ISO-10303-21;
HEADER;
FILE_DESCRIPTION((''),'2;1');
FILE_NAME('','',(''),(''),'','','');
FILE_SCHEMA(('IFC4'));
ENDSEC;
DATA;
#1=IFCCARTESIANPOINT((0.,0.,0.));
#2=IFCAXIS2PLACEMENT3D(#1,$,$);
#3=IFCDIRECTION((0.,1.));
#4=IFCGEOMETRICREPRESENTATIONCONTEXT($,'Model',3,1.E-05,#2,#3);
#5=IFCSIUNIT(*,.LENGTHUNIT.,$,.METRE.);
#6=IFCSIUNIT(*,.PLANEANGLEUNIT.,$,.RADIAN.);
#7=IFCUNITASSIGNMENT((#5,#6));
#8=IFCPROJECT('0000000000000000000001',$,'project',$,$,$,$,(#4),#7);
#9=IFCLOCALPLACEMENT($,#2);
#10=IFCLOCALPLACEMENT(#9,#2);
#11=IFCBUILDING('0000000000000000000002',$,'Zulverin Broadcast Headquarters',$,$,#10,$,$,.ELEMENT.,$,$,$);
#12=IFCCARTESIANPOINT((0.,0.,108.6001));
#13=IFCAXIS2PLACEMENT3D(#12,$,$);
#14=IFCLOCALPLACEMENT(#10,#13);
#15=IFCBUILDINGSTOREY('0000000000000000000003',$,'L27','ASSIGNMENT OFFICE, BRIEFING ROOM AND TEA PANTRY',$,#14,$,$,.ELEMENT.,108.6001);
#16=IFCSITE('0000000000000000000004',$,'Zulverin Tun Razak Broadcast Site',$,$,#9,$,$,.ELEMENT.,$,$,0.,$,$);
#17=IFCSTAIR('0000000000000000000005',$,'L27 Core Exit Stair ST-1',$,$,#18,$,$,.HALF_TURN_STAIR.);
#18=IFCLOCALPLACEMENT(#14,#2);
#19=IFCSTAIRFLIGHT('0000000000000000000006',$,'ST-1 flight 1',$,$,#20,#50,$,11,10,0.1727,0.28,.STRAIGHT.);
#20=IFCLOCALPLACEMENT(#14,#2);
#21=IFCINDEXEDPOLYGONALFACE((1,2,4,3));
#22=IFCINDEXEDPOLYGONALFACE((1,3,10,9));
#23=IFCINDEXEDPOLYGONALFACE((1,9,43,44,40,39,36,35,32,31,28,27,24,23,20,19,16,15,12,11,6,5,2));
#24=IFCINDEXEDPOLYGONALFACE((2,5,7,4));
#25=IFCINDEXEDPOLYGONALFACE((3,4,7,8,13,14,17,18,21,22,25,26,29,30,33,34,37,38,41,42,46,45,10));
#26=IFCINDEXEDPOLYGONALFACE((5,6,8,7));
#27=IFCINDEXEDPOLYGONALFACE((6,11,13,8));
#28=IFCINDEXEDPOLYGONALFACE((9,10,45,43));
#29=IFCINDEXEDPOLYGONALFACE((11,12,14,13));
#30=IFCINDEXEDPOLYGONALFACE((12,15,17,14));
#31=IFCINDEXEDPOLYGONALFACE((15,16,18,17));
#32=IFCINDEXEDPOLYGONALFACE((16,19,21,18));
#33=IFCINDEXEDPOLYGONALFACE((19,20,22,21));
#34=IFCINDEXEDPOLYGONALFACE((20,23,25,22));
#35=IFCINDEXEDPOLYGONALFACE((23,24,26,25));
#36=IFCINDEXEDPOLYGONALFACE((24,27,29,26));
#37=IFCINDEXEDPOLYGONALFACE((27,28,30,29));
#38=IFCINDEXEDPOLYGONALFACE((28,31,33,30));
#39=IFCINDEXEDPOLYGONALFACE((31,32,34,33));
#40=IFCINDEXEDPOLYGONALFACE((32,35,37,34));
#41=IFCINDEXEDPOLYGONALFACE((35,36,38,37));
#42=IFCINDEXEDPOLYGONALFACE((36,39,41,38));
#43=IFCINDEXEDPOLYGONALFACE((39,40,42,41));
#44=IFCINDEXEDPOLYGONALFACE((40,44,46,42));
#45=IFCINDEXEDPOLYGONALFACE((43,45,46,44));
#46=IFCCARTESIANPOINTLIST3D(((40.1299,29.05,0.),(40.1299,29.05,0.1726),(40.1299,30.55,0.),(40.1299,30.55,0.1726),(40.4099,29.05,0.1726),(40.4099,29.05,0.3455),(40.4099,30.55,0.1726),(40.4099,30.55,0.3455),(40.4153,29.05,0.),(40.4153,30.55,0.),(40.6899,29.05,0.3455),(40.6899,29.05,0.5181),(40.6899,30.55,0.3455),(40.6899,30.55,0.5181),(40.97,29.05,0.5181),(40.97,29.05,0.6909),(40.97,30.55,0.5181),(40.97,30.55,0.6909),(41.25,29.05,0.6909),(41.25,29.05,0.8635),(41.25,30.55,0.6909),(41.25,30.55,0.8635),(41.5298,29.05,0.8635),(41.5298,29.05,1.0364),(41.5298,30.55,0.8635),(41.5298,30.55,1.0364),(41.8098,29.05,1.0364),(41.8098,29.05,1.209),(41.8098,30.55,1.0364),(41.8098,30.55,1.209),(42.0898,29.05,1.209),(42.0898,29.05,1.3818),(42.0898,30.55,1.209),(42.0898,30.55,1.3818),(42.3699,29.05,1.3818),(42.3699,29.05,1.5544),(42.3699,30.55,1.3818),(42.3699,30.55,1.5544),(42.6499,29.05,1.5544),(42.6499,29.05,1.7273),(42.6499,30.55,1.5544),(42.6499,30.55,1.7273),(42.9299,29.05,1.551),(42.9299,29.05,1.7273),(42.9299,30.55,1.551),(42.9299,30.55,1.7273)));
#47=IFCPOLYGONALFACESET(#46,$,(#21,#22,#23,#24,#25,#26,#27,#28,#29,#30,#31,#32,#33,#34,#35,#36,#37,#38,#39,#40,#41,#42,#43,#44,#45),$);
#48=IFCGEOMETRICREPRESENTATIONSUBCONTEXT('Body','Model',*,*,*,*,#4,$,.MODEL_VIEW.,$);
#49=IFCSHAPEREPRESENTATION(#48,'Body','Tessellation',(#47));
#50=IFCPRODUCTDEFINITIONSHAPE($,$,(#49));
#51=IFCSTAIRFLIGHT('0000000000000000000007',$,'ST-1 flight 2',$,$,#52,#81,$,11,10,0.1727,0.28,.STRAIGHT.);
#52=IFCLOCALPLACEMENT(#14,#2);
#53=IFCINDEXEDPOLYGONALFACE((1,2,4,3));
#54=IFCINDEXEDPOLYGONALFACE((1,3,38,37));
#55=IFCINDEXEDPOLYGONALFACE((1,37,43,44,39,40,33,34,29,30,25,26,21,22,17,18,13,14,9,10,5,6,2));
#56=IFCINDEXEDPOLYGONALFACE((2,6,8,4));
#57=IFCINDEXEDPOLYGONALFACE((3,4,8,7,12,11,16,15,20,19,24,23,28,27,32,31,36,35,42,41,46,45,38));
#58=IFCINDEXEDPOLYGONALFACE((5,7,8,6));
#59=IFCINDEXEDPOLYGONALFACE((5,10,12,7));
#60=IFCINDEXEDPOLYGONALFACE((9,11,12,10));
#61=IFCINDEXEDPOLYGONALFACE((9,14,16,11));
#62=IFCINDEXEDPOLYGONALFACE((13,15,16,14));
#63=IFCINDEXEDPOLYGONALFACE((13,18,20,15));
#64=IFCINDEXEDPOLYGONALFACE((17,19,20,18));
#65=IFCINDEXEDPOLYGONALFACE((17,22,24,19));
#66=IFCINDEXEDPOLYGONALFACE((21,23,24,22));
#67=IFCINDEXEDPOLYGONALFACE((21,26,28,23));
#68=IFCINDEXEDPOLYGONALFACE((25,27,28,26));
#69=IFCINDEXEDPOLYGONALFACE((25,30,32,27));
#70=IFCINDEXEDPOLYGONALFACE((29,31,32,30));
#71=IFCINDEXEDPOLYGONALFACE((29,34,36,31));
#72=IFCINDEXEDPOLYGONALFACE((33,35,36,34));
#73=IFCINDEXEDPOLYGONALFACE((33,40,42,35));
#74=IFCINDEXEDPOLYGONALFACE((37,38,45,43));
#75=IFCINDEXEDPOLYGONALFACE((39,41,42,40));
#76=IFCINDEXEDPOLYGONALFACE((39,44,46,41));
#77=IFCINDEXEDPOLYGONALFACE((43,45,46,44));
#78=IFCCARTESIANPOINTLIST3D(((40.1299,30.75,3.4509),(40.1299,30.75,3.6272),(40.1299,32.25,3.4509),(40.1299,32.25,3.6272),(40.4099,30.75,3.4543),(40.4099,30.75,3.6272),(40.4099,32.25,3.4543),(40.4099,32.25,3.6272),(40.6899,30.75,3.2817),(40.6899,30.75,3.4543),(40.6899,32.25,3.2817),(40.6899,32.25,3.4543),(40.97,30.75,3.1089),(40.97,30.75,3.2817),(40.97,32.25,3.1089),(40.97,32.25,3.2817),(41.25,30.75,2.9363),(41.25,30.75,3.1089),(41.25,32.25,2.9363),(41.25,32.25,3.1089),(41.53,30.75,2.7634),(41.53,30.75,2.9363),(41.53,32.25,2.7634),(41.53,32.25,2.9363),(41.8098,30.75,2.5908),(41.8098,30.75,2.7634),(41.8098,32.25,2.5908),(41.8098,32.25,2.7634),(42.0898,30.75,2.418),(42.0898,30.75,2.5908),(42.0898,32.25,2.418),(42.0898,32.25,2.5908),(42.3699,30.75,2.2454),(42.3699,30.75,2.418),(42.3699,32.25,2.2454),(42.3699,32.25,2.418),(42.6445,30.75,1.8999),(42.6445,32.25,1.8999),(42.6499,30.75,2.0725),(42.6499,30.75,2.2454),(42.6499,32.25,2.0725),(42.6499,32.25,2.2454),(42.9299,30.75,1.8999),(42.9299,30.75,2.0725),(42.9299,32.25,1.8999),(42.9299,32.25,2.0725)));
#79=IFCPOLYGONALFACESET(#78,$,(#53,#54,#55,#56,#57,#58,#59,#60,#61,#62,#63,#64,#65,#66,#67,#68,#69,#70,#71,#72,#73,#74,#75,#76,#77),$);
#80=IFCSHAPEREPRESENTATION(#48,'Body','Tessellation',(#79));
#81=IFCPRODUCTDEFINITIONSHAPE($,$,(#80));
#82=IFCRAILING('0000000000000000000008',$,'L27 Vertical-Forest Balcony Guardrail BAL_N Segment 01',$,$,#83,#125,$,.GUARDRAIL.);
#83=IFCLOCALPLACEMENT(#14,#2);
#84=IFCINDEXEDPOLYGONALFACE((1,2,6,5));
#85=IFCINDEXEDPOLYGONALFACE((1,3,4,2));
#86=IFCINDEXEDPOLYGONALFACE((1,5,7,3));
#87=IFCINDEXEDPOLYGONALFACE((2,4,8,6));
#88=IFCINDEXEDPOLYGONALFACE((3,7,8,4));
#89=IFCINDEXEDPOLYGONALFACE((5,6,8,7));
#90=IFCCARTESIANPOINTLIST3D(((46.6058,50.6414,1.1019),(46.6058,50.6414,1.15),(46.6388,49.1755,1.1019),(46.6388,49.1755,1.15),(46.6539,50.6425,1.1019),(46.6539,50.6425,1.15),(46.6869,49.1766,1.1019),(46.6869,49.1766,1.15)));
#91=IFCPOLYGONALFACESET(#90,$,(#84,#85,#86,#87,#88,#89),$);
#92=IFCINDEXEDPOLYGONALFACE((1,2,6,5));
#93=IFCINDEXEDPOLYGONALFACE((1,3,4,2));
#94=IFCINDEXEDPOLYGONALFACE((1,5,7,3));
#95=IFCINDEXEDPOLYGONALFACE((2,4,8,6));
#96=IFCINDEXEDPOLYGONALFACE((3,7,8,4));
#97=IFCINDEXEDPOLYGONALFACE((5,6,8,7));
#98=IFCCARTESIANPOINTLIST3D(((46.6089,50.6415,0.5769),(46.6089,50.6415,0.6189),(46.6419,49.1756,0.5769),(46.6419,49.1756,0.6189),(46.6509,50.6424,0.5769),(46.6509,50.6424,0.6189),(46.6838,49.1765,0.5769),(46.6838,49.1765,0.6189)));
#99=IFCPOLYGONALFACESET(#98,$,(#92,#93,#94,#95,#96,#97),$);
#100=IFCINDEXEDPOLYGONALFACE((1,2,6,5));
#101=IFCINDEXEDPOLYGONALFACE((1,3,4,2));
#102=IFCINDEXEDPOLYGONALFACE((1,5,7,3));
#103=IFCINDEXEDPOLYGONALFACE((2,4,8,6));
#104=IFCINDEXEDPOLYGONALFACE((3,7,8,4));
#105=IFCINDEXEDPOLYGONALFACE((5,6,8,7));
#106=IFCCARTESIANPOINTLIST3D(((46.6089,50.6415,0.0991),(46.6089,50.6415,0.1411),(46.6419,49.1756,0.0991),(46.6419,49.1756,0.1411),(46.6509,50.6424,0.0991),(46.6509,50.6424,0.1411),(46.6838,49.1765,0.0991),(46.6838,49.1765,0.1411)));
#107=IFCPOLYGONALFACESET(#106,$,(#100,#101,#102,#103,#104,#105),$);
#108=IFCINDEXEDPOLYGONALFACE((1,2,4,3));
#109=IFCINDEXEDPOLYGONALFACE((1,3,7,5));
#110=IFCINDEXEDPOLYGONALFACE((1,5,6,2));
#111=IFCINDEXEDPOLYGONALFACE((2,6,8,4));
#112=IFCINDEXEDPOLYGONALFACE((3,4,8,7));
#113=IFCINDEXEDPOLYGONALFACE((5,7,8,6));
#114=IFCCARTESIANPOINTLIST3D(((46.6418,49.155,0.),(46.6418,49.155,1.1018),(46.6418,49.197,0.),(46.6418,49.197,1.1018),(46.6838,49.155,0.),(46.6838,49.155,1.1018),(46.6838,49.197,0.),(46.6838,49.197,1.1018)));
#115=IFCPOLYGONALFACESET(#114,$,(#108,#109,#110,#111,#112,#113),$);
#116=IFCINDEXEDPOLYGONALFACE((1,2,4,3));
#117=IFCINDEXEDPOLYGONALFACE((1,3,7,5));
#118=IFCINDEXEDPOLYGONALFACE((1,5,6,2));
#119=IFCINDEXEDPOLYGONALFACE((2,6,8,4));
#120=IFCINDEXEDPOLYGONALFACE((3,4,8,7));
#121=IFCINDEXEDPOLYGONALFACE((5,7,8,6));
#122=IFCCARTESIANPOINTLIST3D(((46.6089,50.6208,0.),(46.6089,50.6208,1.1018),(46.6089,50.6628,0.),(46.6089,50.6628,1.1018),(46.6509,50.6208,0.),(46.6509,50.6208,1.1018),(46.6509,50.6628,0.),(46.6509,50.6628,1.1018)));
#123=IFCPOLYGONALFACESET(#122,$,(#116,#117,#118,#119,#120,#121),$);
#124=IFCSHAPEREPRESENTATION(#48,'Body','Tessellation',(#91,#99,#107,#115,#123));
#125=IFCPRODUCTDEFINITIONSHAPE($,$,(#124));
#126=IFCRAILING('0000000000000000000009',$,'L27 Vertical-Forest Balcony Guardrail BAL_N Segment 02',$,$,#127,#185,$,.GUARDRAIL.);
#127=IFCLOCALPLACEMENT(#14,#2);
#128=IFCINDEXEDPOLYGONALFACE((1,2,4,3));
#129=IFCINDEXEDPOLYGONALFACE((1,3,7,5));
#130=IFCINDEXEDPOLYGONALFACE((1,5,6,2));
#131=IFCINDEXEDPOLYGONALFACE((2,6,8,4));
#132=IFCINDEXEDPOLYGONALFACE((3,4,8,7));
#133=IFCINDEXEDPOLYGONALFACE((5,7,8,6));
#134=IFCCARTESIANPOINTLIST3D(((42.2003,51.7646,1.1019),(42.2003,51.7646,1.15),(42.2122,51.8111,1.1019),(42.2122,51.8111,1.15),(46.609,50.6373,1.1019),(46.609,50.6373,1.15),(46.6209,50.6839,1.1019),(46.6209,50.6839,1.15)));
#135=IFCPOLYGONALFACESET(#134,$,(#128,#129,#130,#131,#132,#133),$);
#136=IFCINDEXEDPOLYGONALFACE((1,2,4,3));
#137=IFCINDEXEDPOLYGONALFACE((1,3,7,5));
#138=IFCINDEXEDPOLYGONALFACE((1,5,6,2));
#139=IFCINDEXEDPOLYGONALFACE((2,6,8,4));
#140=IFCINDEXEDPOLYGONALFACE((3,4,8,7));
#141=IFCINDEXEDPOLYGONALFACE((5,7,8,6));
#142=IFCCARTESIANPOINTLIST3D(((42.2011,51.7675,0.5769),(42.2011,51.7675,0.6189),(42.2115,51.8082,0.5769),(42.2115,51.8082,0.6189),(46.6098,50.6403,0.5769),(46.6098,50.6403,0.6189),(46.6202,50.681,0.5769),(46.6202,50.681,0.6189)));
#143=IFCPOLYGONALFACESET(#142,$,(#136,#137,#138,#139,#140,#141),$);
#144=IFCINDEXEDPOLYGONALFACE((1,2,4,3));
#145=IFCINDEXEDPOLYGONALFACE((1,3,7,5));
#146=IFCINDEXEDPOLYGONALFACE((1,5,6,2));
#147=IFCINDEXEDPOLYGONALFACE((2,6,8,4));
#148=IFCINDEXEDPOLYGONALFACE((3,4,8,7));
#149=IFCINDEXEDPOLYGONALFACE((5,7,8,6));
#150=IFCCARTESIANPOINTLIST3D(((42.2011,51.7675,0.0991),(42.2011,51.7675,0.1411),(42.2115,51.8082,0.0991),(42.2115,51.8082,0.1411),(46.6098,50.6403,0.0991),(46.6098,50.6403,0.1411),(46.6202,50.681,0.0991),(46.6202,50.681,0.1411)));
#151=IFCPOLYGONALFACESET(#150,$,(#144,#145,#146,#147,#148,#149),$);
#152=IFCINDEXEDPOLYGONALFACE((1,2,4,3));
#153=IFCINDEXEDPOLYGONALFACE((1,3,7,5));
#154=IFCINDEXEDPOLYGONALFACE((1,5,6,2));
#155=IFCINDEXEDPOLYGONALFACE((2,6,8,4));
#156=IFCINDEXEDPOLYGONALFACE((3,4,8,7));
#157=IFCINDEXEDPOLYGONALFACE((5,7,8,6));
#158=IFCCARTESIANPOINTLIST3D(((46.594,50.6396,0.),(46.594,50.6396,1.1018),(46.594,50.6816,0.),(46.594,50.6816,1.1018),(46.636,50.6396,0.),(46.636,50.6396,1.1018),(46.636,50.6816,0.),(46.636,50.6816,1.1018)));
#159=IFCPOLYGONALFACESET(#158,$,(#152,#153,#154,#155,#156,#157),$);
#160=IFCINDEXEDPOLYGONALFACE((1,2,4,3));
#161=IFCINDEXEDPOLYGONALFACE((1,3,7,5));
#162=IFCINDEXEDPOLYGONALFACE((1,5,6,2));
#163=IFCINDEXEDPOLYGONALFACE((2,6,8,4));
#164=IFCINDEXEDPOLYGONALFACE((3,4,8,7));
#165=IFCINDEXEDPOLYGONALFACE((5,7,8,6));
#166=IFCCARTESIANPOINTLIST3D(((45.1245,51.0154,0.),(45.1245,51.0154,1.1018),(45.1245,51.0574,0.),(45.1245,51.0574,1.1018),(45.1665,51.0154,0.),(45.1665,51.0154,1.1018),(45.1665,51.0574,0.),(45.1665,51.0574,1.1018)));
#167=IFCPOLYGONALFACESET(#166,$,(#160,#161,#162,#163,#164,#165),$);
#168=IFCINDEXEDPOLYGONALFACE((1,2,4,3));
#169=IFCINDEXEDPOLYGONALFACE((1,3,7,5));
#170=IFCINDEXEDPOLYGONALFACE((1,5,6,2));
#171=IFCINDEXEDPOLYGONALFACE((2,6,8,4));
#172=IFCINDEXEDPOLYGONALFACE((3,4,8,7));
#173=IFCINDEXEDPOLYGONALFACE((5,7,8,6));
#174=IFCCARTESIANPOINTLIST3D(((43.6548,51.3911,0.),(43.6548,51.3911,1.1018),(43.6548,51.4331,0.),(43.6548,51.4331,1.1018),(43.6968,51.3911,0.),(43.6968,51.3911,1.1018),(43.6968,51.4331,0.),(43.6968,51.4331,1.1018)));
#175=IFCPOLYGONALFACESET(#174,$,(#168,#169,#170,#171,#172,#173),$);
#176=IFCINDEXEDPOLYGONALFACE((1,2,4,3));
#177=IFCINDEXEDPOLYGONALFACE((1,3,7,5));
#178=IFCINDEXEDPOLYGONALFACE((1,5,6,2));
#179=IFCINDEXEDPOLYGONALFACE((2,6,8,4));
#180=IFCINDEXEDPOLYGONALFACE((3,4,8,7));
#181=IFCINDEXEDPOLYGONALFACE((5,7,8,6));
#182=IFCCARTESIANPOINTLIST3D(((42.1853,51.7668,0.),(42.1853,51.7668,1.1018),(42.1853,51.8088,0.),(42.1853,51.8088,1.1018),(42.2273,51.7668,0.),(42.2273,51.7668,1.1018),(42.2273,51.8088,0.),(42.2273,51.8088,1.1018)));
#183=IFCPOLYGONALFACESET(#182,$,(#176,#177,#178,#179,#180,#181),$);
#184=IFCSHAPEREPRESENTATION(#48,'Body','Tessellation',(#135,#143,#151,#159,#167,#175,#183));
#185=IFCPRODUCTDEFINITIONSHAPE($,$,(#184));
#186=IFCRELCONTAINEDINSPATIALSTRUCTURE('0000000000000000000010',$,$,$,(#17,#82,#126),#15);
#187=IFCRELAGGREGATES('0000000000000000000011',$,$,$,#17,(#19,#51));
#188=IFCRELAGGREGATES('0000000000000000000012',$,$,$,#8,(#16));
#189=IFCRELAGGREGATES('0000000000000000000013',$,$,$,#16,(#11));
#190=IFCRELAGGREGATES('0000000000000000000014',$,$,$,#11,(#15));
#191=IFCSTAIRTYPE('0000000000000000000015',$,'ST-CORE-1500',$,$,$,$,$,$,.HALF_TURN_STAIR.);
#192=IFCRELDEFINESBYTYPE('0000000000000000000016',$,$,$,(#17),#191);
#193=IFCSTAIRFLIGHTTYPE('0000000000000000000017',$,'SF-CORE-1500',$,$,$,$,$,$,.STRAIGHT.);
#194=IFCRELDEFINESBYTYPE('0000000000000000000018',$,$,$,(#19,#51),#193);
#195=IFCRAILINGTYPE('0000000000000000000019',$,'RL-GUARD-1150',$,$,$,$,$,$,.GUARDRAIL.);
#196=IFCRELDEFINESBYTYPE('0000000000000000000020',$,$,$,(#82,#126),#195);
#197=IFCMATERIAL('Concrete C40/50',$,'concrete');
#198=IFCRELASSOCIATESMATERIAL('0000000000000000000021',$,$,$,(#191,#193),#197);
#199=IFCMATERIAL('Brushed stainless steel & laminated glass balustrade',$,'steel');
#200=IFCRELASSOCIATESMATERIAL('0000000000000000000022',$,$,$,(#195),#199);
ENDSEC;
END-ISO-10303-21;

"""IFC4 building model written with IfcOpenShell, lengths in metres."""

from ifc_helpers import new_model, si_unit, direction, frame, origin, origin_2d, place, context, subcontext, project, spatial, polyline, rectangle, outline, extrude, material, type_object, element, aggregate, save


model = new_model("IFC4")

# Units and contexts
model_context = context("Model", 3, precision=1e-05, world=origin(), true_north=direction((0.0, 1.0)))
body_context = subcontext(model_context, "Body", "Model", "MODEL_VIEW")
ifc_project = project(units=[si_unit("LENGTHUNIT", "METRE"), si_unit("PLANEANGLEUNIT", "RADIAN")], contexts=[model_context])

# Site, building, storey
site_placement = place(None, origin())
site = spatial("IfcSite", under=ifc_project, at=site_placement, Name="Zulverin Tun Razak Broadcast Site", CompositionType="ELEMENT", RefElevation=0.0)
building_placement = place(site_placement, origin())
building = spatial("IfcBuilding", under=site, at=building_placement, Name="Zulverin Broadcast Headquarters", CompositionType="ELEMENT")
storey_placement = place(building_placement, frame((0.0, 0.0, 108.6001)))
storey = spatial("IfcBuildingStorey", under=building, at=storey_placement, Name="L27", Description="ASSIGNMENT OFFICE, BRIEFING ROOM AND TEA PANTRY", CompositionType="ELEMENT", Elevation=108.6001)

# Shared definitions
ifc_material_1 = material(Name="Concrete C40/50", Category="concrete")

# Stair, stair flights
stair_type = type_object("IfcStairType", Name="ST-CORE-1500", PredefinedType="HALF_TURN_STAIR", material=ifc_material_1)
stair_placement = place(storey_placement, origin())
stair = element("IfcStair", 1, at=stair_placement, inside=storey, type_object=stair_type, Name="L27 Core Exit Stair ST-1", PredefinedType="HALF_TURN_STAIR")
stair_flight_type = type_object("IfcStairFlightType", Name="SF-CORE-1500", PredefinedType="STRAIGHT", material=ifc_material_1)
stair_flight_1_placement = place(storey_placement, frame((40.1299, 29.8, 0.0), z_axis=(0.0, 0.0, 1.0), x_axis=(1.0, 0.0, 0.0)))
stair_flight_1 = element("IfcStairFlight", 2, at=stair_flight_1_placement, type_object=stair_flight_type, Name="ST-1 flight 1", NumberOfRisers=11, NumberOfTreads=10, PredefinedType="STRAIGHT", RiserHeight=0.1727, TreadLength=0.28, context=body_context, shape_type="SweptSolid", body=[
    extrude(outline(polyline([(0.0, 0.0), (0.0, 0.1726), (0.28, 0.1726), (0.28, 0.3455), (0.5601, 0.3455), (0.5601, 0.5181), (0.8401, 0.5181), (0.8401, 0.6909), (1.1201, 0.6909), (1.1201, 0.8635), (1.3999, 0.8635), (1.3999, 1.0364), (1.6799, 1.0364), (1.6799, 1.209), (1.96, 1.209), (1.96, 1.3818), (2.24, 1.3818), (2.24, 1.5544), (2.52, 1.5544), (2.52, 1.7273), (2.8, 1.7273), (2.8, 1.8999), (2.8, 1.551), (0.2854, 0.0), (0.0, 0.0)])), frame((0.0, 0.75, 0.0), z_axis=(0.0, -1.0, 0.0), x_axis=(1.0, 0.0, 0.0)), (0.0, 0.0, 1.0), 1.5),
])
stair_flight_2_placement = place(storey_placement, frame((42.9299, 31.5, 1.8999), z_axis=(0.0, 0.0, 1.0), x_axis=(-1.0, 0.0, 0.0)))
stair_flight_2 = element("IfcStairFlight", 3, at=stair_flight_2_placement, type_object=stair_flight_type, Name="ST-1 flight 2", NumberOfRisers=11, NumberOfTreads=10, PredefinedType="STRAIGHT", RiserHeight=0.1727, TreadLength=0.28, context=body_context, shape_type="SweptSolid", body=[
    extrude(outline(polyline([(0.0, 0.0), (0.0, 0.1726), (0.28, 0.1726), (0.28, 0.3455), (0.5601, 0.3455), (0.5601, 0.5181), (0.8401, 0.5181), (0.8401, 0.6909), (1.1201, 0.6909), (1.1201, 0.8635), (1.3999, 0.8635), (1.3999, 1.0364), (1.6799, 1.0364), (1.6799, 1.209), (1.96, 1.209), (1.96, 1.3818), (2.24, 1.3818), (2.24, 1.5544), (2.52, 1.5544), (2.52, 1.7273), (2.8, 1.7273), (2.8, 1.8999), (2.8, 1.551), (0.2854, 0.0), (0.0, 0.0)])), frame((0.0, 0.75, 0.0), z_axis=(0.0, -1.0, 0.0), x_axis=(1.0, 0.0, 0.0)), (0.0, 0.0, 1.0), 1.5),
])
aggregate(stair, [stair_flight_1, stair_flight_2])

# Railings
ifc_material_2 = material(Name="Brushed stainless steel & laminated glass balustrade", Category="steel")
railing_type_1 = type_object("IfcRailingType", Name="RL-GUARD-1150", PredefinedType="GUARDRAIL", material=ifc_material_2)
railing_1_placement = place(storey_placement, frame((46.6628, 49.176, 0.0)))
element("IfcRailing", 4, at=railing_1_placement, inside=storey, type_object=railing_type_1, Name="L27 Vertical-Forest Balcony Guardrail BAL_N Segment 01", PredefinedType="GUARDRAIL", context=body_context, shape_type="SweptSolid", body=[
    extrude(rectangle(XDim=0.0481, YDim=0.0481, at=origin_2d()), frame((0.0, 0.0, 1.126), z_axis=(-0.022479, 0.999747, 0.0), x_axis=(-0.999747, -0.022479, 0.0)), (0.0, 0.0, 1.0), 1.4663),
    extrude(rectangle(XDim=0.042, YDim=0.042, at=origin_2d()), frame((0.0, 0.0, 0.5979), z_axis=(-0.022479, 0.999747, 0.0), x_axis=(-0.999747, -0.022479, 0.0)), (0.0, 0.0, 1.0), 1.4663),
    extrude(rectangle(XDim=0.042, YDim=0.042, at=origin_2d()), frame((0.0, 0.0, 0.1201), z_axis=(-0.022479, 0.999747, 0.0), x_axis=(-0.999747, -0.022479, 0.0)), (0.0, 0.0, 1.0), 1.4663),
    extrude(rectangle(XDim=0.042, YDim=0.042, at=origin_2d()), origin(), (0.0, 0.0, 1.0), 1.1018),
    extrude(rectangle(XDim=0.042, YDim=0.042, at=origin_2d()), frame((-0.033, 1.4658, 0.0)), (0.0, 0.0, 1.0), 1.1018),
])
railing_2_placement = place(storey_placement, frame((46.615, 50.6606, 0.0)))
element("IfcRailing", 5, at=railing_2_placement, inside=storey, type_object=railing_type_1, Name="L27 Vertical-Forest Balcony Guardrail BAL_N Segment 02", PredefinedType="GUARDRAIL", context=body_context, shape_type="SweptSolid", body=[
    extrude(rectangle(XDim=0.0481, YDim=0.0481, at=origin_2d()), frame((0.0, 0.0, 1.126), z_axis=(-0.968835, 0.247708, 0.0), x_axis=(-0.247708, -0.968835, 0.0)), (0.0, 0.0, 1.0), 4.5505),
    extrude(rectangle(XDim=0.042, YDim=0.042, at=origin_2d()), frame((0.0, 0.0, 0.5979), z_axis=(-0.968835, 0.247708, 0.0), x_axis=(-0.247708, -0.968835, 0.0)), (0.0, 0.0, 1.0), 4.5505),
    extrude(rectangle(XDim=0.042, YDim=0.042, at=origin_2d()), frame((0.0, 0.0, 0.1201), z_axis=(-0.968835, 0.247708, 0.0), x_axis=(-0.247708, -0.968835, 0.0)), (0.0, 0.0, 1.0), 4.5505),
    extrude(rectangle(XDim=0.042, YDim=0.042, at=origin_2d()), origin(), (0.0, 0.0, 1.0), 1.1018),
    extrude(rectangle(XDim=0.042, YDim=0.042, at=origin_2d()), frame((-1.4695, 0.3757, 0.0)), (0.0, 0.0, 1.0), 1.1018),
    extrude(rectangle(XDim=0.042, YDim=0.042, at=origin_2d()), frame((-2.9392, 0.7515, 0.0)), (0.0, 0.0, 1.0), 1.1018),
    extrude(rectangle(XDim=0.042, YDim=0.042, at=origin_2d()), frame((-4.4087, 1.1272, 0.0)), (0.0, 0.0, 1.0), 1.1018),
])

save(model, "model.ifc")
